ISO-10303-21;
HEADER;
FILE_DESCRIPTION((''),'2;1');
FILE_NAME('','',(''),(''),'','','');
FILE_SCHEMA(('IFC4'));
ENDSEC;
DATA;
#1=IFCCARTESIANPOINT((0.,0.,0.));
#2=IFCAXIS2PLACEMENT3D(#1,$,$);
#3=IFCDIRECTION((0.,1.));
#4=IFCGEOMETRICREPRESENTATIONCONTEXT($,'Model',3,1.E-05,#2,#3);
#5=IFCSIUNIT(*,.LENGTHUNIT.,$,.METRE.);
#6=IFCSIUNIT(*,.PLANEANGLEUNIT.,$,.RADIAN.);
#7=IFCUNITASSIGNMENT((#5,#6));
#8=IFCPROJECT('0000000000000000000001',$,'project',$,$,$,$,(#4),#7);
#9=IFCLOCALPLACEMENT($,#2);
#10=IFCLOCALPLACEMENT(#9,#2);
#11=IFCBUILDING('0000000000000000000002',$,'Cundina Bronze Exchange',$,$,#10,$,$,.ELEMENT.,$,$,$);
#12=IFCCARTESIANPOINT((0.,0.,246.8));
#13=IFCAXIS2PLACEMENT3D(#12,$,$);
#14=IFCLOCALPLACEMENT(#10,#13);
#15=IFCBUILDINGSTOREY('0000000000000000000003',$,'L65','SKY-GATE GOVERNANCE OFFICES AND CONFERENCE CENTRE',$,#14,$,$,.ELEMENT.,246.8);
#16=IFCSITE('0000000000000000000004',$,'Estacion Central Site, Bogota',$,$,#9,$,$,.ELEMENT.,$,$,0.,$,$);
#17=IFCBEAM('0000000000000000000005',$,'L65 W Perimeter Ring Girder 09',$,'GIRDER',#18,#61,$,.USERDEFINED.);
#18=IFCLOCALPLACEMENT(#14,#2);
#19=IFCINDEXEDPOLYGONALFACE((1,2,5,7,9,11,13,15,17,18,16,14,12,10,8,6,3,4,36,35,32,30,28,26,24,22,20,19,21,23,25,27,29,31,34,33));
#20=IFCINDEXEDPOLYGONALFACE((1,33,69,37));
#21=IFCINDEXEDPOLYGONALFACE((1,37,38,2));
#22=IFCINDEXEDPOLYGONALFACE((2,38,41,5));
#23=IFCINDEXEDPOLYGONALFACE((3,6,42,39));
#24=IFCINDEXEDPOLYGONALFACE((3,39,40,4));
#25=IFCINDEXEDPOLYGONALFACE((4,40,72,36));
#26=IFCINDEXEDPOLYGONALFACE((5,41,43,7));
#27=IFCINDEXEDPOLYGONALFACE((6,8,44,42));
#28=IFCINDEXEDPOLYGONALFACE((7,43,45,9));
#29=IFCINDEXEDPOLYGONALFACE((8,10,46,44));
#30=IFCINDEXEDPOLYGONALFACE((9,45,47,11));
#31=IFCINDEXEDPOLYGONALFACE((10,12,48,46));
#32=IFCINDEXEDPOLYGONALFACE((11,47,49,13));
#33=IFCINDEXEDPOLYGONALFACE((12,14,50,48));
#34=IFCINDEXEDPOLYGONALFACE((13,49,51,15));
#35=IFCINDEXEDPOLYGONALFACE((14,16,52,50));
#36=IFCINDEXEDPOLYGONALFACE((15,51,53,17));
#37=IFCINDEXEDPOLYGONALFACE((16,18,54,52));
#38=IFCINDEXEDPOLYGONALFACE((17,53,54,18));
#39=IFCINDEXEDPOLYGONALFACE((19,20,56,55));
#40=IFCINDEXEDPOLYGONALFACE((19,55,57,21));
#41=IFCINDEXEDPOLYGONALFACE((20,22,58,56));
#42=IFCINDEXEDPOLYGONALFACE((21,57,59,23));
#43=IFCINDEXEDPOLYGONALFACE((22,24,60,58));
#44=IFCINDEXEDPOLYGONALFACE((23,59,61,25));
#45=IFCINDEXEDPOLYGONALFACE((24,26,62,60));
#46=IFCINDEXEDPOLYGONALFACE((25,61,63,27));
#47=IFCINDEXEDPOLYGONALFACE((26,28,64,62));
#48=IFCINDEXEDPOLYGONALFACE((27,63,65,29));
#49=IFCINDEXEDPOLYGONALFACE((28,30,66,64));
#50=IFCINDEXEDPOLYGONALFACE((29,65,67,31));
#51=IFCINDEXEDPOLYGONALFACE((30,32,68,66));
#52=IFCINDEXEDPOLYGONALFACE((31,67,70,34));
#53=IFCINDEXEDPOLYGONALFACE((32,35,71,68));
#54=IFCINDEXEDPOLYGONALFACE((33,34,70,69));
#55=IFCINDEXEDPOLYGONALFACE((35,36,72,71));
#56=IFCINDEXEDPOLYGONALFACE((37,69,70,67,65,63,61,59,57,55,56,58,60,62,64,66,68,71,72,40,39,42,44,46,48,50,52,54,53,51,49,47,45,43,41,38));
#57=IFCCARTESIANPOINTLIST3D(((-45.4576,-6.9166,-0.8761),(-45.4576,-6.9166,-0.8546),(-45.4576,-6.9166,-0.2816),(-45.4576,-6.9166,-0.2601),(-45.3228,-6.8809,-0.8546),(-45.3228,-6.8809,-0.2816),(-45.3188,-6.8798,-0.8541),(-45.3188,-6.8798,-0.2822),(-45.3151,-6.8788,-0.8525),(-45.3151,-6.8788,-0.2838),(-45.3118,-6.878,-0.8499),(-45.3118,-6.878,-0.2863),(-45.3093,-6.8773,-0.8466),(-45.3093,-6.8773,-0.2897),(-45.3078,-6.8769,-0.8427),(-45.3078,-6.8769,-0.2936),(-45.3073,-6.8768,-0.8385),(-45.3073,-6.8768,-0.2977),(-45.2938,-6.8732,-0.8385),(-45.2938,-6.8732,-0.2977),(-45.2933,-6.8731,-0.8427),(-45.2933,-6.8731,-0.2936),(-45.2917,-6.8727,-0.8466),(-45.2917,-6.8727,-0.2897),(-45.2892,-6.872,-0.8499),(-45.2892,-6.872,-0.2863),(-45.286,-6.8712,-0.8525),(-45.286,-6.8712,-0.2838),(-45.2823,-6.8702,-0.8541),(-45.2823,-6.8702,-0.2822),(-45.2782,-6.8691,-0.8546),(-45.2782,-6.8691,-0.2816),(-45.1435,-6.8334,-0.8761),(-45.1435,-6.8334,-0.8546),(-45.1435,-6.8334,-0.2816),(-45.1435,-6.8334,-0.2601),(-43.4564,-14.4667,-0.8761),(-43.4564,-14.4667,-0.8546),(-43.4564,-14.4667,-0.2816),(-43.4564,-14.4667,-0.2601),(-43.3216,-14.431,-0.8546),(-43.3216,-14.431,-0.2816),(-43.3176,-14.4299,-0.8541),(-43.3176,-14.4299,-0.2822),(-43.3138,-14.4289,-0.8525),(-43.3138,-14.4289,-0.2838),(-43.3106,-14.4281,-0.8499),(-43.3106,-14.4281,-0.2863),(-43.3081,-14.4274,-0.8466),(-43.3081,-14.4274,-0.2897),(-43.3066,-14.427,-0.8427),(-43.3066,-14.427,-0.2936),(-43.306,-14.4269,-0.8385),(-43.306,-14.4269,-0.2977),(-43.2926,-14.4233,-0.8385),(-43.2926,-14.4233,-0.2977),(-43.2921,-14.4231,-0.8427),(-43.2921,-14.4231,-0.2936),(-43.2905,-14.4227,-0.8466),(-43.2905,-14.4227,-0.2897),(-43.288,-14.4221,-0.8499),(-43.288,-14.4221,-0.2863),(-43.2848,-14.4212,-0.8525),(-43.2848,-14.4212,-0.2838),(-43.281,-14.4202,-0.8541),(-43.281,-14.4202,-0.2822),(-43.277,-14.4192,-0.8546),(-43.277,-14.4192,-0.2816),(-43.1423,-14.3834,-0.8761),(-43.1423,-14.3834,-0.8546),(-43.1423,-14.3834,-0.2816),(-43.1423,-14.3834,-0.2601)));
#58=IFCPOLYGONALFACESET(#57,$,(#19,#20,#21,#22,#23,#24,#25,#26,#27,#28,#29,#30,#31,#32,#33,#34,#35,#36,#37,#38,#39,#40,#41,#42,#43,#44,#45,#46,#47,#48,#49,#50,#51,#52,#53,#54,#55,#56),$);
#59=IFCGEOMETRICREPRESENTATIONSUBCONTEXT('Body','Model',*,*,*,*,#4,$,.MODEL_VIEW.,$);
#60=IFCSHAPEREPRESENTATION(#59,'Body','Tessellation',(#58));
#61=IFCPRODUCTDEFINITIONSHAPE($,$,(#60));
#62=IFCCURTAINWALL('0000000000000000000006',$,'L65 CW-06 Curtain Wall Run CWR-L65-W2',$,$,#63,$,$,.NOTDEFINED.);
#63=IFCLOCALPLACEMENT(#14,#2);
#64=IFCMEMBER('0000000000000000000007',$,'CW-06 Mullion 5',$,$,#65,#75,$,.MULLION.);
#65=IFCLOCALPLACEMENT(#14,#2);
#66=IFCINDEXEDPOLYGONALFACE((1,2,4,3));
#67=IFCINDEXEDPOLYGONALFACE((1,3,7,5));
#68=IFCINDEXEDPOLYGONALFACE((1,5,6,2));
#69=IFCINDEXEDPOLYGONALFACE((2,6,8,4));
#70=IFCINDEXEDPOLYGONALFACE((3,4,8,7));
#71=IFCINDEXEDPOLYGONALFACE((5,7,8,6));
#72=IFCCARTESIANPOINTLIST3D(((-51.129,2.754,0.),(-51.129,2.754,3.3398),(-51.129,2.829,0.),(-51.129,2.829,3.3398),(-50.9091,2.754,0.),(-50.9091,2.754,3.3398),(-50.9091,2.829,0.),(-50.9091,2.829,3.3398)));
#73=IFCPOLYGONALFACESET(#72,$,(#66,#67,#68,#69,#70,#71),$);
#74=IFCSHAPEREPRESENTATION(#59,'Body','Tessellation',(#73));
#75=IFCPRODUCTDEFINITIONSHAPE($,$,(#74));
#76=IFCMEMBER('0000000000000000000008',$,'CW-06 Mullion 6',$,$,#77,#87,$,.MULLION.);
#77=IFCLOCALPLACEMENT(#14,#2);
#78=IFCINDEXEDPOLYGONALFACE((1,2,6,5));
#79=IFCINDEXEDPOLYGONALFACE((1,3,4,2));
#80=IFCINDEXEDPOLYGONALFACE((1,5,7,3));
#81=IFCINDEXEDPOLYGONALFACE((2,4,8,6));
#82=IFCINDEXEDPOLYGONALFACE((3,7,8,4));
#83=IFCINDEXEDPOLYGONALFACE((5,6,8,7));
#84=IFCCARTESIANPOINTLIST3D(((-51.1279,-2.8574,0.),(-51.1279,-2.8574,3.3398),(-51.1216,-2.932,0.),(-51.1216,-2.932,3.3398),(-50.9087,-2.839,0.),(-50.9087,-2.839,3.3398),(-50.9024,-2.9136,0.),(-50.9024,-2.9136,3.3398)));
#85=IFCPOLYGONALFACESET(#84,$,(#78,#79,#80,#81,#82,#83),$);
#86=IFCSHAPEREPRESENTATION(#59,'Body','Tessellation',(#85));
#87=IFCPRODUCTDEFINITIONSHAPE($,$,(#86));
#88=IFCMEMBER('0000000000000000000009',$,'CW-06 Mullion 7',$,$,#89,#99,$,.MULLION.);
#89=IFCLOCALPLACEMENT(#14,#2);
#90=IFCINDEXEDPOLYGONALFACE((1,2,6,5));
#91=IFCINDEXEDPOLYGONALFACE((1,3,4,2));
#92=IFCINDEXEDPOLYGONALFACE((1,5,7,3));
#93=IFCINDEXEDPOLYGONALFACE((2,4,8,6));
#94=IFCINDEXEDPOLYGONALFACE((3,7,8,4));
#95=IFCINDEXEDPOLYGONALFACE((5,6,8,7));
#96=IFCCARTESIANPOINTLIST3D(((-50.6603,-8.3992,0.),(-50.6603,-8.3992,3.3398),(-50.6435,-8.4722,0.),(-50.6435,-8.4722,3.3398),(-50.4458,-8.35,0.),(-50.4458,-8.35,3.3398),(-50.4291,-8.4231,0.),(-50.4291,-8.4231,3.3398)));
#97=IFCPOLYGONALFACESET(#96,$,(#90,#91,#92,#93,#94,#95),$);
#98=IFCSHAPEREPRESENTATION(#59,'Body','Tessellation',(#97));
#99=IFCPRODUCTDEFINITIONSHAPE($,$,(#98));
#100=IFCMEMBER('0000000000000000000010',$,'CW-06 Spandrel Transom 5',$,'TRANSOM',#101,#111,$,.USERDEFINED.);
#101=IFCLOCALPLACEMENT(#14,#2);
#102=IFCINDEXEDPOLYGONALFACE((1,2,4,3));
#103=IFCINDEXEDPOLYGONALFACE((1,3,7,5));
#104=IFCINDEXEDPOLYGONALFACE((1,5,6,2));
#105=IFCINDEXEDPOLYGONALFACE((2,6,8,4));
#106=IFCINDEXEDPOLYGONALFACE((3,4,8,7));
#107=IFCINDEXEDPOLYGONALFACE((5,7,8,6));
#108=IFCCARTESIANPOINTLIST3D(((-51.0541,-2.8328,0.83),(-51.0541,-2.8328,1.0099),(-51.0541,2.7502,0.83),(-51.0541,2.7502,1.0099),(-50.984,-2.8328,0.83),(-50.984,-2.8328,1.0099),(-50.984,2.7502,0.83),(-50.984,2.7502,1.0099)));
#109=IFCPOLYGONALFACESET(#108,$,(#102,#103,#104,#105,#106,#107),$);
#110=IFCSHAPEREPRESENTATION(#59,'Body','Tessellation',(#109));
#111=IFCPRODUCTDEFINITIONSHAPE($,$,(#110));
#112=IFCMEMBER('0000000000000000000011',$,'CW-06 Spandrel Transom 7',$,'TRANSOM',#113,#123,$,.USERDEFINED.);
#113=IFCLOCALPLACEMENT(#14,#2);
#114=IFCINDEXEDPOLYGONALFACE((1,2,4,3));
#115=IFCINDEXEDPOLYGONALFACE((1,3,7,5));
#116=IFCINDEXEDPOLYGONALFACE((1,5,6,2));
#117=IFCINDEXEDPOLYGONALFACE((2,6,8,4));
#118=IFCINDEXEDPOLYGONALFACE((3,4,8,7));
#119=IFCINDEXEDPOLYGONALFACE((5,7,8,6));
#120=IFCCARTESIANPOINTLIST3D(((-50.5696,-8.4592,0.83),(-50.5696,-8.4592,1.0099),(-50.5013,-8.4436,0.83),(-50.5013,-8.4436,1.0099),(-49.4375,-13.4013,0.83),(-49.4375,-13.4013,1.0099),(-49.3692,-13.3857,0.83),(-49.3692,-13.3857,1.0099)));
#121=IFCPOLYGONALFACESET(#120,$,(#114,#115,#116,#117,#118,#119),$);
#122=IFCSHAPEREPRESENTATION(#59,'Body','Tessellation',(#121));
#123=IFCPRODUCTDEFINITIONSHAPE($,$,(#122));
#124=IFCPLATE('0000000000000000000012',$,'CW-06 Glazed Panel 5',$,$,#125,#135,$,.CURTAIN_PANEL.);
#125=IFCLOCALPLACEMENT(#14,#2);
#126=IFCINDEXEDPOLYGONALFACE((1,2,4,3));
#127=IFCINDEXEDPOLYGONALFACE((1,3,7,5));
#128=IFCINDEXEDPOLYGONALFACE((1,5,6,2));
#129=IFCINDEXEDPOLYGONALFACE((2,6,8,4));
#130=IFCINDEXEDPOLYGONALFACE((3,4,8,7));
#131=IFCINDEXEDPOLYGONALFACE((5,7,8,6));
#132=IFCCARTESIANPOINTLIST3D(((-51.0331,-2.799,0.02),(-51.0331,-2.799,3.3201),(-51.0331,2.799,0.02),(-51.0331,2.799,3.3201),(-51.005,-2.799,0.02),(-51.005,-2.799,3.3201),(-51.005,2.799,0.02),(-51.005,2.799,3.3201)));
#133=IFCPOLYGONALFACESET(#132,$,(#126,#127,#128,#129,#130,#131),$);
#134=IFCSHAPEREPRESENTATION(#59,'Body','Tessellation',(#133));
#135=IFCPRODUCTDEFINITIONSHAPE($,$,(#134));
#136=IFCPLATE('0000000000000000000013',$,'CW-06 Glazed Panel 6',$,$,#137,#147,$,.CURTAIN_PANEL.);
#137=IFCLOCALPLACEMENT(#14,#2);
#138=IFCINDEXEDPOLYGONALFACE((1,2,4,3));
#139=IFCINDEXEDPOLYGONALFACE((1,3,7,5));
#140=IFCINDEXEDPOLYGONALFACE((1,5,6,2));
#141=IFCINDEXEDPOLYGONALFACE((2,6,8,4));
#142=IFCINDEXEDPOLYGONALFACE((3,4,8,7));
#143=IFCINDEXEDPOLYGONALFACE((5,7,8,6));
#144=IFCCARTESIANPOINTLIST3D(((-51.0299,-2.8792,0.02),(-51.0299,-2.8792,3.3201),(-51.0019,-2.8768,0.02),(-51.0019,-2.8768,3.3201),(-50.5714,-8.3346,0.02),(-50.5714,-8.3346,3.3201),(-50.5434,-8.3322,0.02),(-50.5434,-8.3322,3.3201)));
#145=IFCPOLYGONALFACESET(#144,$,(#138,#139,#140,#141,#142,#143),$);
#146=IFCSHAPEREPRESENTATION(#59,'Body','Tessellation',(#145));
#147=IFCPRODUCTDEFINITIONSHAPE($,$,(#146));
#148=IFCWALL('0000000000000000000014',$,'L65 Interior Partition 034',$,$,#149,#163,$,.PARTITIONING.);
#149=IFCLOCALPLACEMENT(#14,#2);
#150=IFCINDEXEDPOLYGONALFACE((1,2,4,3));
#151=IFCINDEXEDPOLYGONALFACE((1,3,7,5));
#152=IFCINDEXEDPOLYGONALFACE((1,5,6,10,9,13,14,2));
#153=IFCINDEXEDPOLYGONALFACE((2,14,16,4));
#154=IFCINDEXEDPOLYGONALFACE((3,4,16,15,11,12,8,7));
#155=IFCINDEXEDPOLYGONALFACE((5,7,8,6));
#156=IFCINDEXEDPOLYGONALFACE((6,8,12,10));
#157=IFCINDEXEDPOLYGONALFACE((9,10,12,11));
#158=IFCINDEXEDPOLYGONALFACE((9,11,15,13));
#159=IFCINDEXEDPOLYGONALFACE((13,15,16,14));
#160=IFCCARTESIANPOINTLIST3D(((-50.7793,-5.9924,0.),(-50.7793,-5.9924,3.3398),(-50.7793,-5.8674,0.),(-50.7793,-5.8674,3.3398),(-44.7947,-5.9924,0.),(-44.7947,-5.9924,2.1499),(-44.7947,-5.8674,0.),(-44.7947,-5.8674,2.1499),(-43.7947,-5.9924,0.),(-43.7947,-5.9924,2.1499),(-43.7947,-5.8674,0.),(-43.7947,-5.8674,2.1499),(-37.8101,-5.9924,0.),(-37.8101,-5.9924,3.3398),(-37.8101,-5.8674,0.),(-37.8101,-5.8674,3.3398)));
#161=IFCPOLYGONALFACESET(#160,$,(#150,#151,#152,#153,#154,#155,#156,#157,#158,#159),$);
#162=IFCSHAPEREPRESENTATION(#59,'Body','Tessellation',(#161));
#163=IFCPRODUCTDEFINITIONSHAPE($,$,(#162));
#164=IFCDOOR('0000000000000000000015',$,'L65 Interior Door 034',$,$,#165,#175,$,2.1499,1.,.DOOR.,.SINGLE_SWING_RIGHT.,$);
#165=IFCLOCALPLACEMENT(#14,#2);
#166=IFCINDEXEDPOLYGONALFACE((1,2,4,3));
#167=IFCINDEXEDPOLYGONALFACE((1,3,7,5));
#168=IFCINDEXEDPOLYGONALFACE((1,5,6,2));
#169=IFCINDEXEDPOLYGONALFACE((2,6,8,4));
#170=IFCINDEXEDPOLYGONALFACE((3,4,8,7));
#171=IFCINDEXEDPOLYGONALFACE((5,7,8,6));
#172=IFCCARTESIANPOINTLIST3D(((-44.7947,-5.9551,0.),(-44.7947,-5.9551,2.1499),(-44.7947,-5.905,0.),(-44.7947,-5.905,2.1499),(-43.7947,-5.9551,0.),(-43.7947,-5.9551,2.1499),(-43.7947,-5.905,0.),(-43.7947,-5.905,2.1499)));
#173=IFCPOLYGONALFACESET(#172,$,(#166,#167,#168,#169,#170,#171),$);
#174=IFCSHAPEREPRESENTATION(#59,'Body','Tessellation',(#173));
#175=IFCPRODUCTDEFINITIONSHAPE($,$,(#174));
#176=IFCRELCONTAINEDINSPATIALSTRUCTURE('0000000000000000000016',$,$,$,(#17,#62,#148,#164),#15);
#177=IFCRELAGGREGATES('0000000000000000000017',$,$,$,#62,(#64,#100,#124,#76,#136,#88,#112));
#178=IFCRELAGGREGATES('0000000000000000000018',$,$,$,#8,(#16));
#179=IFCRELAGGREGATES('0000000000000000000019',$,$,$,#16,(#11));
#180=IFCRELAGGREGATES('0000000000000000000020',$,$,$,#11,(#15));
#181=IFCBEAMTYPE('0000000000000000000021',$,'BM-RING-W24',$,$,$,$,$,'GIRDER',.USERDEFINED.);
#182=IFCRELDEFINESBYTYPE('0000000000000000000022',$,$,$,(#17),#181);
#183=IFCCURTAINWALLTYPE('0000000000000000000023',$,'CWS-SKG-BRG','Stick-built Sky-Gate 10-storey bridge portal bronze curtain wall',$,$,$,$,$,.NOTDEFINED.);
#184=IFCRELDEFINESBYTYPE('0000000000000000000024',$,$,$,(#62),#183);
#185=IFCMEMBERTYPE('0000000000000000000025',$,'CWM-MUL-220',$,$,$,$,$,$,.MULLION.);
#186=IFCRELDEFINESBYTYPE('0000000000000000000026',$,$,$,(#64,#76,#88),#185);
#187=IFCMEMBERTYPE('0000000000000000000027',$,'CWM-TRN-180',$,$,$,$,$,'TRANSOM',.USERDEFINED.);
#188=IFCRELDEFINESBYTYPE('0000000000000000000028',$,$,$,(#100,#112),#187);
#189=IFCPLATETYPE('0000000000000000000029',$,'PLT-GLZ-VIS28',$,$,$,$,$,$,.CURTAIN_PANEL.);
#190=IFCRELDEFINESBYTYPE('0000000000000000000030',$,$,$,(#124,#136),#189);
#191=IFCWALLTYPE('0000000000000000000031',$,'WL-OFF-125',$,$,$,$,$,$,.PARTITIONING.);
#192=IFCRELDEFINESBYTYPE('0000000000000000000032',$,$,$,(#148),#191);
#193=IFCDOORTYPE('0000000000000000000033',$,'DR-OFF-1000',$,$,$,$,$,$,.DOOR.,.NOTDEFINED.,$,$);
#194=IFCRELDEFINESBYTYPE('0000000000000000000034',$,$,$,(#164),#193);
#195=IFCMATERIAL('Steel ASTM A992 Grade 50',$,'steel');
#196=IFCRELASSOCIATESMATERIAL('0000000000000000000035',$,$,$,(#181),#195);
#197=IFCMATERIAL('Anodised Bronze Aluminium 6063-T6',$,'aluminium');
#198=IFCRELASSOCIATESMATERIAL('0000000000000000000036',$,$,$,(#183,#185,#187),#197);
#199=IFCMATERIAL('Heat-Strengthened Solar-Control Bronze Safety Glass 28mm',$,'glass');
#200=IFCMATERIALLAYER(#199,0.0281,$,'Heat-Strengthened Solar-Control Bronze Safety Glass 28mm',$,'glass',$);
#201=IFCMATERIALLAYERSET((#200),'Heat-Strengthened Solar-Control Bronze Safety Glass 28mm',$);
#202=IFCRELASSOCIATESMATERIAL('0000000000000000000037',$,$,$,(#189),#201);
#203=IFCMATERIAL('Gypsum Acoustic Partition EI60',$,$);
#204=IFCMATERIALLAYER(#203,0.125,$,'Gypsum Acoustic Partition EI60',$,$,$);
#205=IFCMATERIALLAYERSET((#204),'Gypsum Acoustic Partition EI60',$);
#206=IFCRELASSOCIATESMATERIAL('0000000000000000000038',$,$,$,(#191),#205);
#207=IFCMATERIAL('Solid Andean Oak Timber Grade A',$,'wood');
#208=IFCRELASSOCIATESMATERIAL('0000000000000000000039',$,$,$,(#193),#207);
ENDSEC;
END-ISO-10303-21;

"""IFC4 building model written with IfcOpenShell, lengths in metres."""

from ifc_helpers import new_model, si_unit, direction, frame, frame_2d, origin, origin_2d, place, context, subcontext, project, spatial, rectangle, i_section, extrude, material, layer, layer_set, material_profile, profile_set, type_object, element, fill, aggregate, save


model = new_model("IFC4")

# Units and contexts
model_context = context("Model", 3, precision=1e-05, world=origin(), true_north=direction((0.0, 1.0)))
body_context = subcontext(model_context, "Body", "Model", "MODEL_VIEW")
ifc_project = project(units=[si_unit("LENGTHUNIT", "METRE"), si_unit("PLANEANGLEUNIT", "RADIAN")], contexts=[model_context])

# Site, building, storey
site_placement = place(None, origin())
site = spatial("IfcSite", under=ifc_project, at=site_placement, Name="Estacion Central Site, Bogota", CompositionType="ELEMENT", RefElevation=0.0)
building_placement = place(site_placement, origin())
building = spatial("IfcBuilding", under=site, at=building_placement, Name="Cundina Bronze Exchange", CompositionType="ELEMENT")
storey_placement = place(building_placement, frame((0.0, 0.0, 246.8)))
storey = spatial("IfcBuildingStorey", under=building, at=storey_placement, Name="L65", Description="SKY-GATE GOVERNANCE OFFICES AND CONFERENCE CENTRE", CompositionType="ELEMENT", Elevation=246.8)

# Beam
ifc_material_1 = material(Name="Steel ASTM A992 Grade 50", Category="steel")
ifc_material_profile_1 = material_profile(ifc_material_1, i_section(OverallWidth=0.325, OverallDepth=0.616, WebThickness=0.0139, FlangeThickness=0.0215, FilletRadius=0.0161, at=origin_2d()), Name="W24X117", Category="steel")
ifc_profile_set_1 = profile_set([ifc_material_profile_1], Name="Steel ASTM A992 Grade 50")
beam_type_1 = type_object("IfcBeamType", Name="BM-RING-W24", ElementType="GIRDER", PredefinedType="USERDEFINED", material=ifc_profile_set_1)
for number, where, z_axis, x_axis, name in (
    (1, (-45.3005, -6.875, -0.5681), (0.256213, -0.96662, 0.0), (0.96662, 0.256213, 0.0), "L65 W Perimeter Ring Girder 09"),
):
    element("IfcBeam", number, at=place(storey_placement, frame(where, z_axis=z_axis, x_axis=x_axis)), inside=storey, type_object=beam_type_1, Name=name, ObjectType="GIRDER", PredefinedType="USERDEFINED", context=body_context, shape_type="SweptSolid", body=[
        extrude(i_section(OverallWidth=0.325, OverallDepth=0.616, WebThickness=0.0139, FlangeThickness=0.0215, FilletRadius=0.0161, at=origin_2d()), origin(), (0.0, 0.0, 1.0), 7.8108),
    ])

# Curtain wall, members, plates
ifc_material_2 = material(Name="Anodised Bronze Aluminium 6063-T6", Category="aluminium")
curtain_wall_type = type_object("IfcCurtainWallType", Name="CWS-SKG-BRG", Description="Stick-built Sky-Gate 10-storey bridge portal bronze curtain wall", PredefinedType="NOTDEFINED", material=ifc_material_2)
curtain_wall_placement = place(storey_placement, origin())
curtain_wall = element("IfcCurtainWall", 2, at=curtain_wall_placement, inside=storey, type_object=curtain_wall_type, Name="L65 CW-06 Curtain Wall Run CWR-L65-W2", PredefinedType="NOTDEFINED")
ifc_material_profile_2 = material_profile(ifc_material_2, rectangle(XDim=0.075, YDim=0.22, at=origin_2d()), Name="AL75X220", Category="aluminium")
ifc_profile_set_2 = profile_set([ifc_material_profile_2], Name="Anodised Bronze Aluminium 6063-T6")
member_type_1 = type_object("IfcMemberType", Name="CWM-MUL-220", PredefinedType="MULLION", material=ifc_profile_set_2)
member_1_placement = place(storey_placement, frame((-51.019, 2.7915, 0.0), z_axis=(0.0, 0.0, 1.0), x_axis=(0.0, -1.0, 0.0)))
member_1 = element("IfcMember", 3, at=member_1_placement, type_object=member_type_1, Name="CW-06 Mullion 5", PredefinedType="MULLION", context=body_context, shape_type="SweptSolid", body=[
    extrude(rectangle(XDim=0.075, YDim=0.22, at=origin_2d()), origin(), (0.0, 0.0, 1.0), 3.3398),
])
member_2_placement = place(storey_placement, frame((-51.0151, -2.8855, 0.0), z_axis=(0.0, 0.0, 1.0), x_axis=(0.083678, -0.996493, 0.0)))
member_2 = element("IfcMember", 4, at=member_2_placement, type_object=member_type_1, Name="CW-06 Mullion 6", PredefinedType="MULLION", context=body_context, shape_type="SweptSolid", body=[
    extrude(rectangle(XDim=0.075, YDim=0.22, at=origin_2d()), origin(), (0.0, 0.0, 1.0), 3.3398),
])
member_3_placement = place(storey_placement, frame((-50.5447, -8.4111, 0.0), z_axis=(0.0, 0.0, 1.0), x_axis=(0.22325, -0.974761, 0.0)))
member_3 = element("IfcMember", 5, at=member_3_placement, type_object=member_type_1, Name="CW-06 Mullion 7", PredefinedType="MULLION", context=body_context, shape_type="SweptSolid", body=[
    extrude(rectangle(XDim=0.075, YDim=0.22, at=origin_2d()), origin(), (0.0, 0.0, 1.0), 3.3398),
])
ifc_material_profile_3 = material_profile(ifc_material_2, rectangle(XDim=0.0701, YDim=0.1799, at=origin_2d()), Name="AL70X180", Category="aluminium")
ifc_profile_set_3 = profile_set([ifc_material_profile_3], Name="Anodised Bronze Aluminium 6063-T6")
member_type_2 = type_object("IfcMemberType", Name="CWM-TRN-180", ElementType="TRANSOM", PredefinedType="USERDEFINED", material=ifc_profile_set_3)
member_4_placement = place(storey_placement, frame((-51.019, 2.7502, 0.9199), z_axis=(0.0, -1.0, 0.0), x_axis=(1.0, 0.0, 0.0)))
member_4 = element("IfcMember", 6, at=member_4_placement, type_object=member_type_2, Name="CW-06 Spandrel Transom 5", ObjectType="TRANSOM", PredefinedType="USERDEFINED", context=body_context, shape_type="SweptSolid", body=[
    extrude(rectangle(XDim=0.0701, YDim=0.1799, at=origin_2d()), origin(), (0.0, 0.0, 1.0), 5.583),
])
member_5_placement = place(storey_placement, frame((-50.5354, -8.4514, 0.9199), z_axis=(0.223284, -0.974754, 0.0), x_axis=(0.974754, 0.223284, 0.0)))
member_5 = element("IfcMember", 7, at=member_5_placement, type_object=member_type_2, Name="CW-06 Spandrel Transom 7", ObjectType="TRANSOM", PredefinedType="USERDEFINED", context=body_context, shape_type="SweptSolid", body=[
    extrude(rectangle(XDim=0.0701, YDim=0.1799, at=origin_2d()), origin(), (0.0, 0.0, 1.0), 5.0701),
])
ifc_material_3 = material(Name="Heat-Strengthened Solar-Control Bronze Safety Glass 28mm", Category="glass")
ifc_layer_1 = layer(ifc_material_3, 0.0281, Name="Heat-Strengthened Solar-Control Bronze Safety Glass 28mm", Category="glass")
ifc_layer_set_1 = layer_set([ifc_layer_1], Name="Heat-Strengthened Solar-Control Bronze Safety Glass 28mm")
plate_type = type_object("IfcPlateType", Name="PLT-GLZ-VIS28", PredefinedType="CURTAIN_PANEL", material=ifc_layer_set_1)
plate_1_placement = place(storey_placement, frame((-51.019, 0.0, 0.02), z_axis=(0.0, 0.0, 1.0), x_axis=(0.0, -1.0, 0.0)))
plate_1 = element("IfcPlate", 8, at=plate_1_placement, type_object=plate_type, Name="CW-06 Glazed Panel 5", PredefinedType="CURTAIN_PANEL", context=body_context, shape_type="SweptSolid", body=[
    extrude(rectangle(XDim=5.5979, YDim=0.0281, at=origin_2d()), origin(), (0.0, 0.0, 1.0), 3.3),
])
plate_2_placement = place(storey_placement, frame((-50.7866, -5.6057, 0.02), z_axis=(0.0, 0.0, 1.0), x_axis=(0.083747, -0.996487, 0.0)))
plate_2 = element("IfcPlate", 9, at=plate_2_placement, type_object=plate_type, Name="CW-06 Glazed Panel 6", PredefinedType="CURTAIN_PANEL", context=body_context, shape_type="SweptSolid", body=[
    extrude(rectangle(XDim=5.4746, YDim=0.0281, at=origin_2d()), origin(), (0.0, 0.0, 1.0), 3.3),
])
aggregate(curtain_wall, [member_1, member_4, plate_1, member_2, plate_2, member_3, member_5])

# Wall, opening, door
ifc_material_4 = material(Name="Gypsum Acoustic Partition EI60")
ifc_layer_2 = layer(ifc_material_4, 0.125, Name="Gypsum Acoustic Partition EI60")
ifc_layer_set_2 = layer_set([ifc_layer_2], Name="Gypsum Acoustic Partition EI60")
wall_type = type_object("IfcWallType", Name="WL-OFF-125", PredefinedType="PARTITIONING", material=ifc_layer_set_2)
wall_placement = place(storey_placement, frame((-50.7793, -5.9299, 0.0), z_axis=(0.0, 0.0, 1.0), x_axis=(1.0, 0.0, 0.0)))
wall = element("IfcWall", 10, at=wall_placement, inside=storey, type_object=wall_type, Name="L65 Interior Partition 034", PredefinedType="PARTITIONING", context=body_context, shape_type="SweptSolid", body=[
    extrude(rectangle(XDim=12.9692, YDim=0.125, at=frame_2d((6.4846, 0.0))), origin(), (0.0, 0.0, 1.0), 3.3398),
])
opening_placement = place(wall_placement, frame((5.9846, 0.0, 0.0)))
opening = element("IfcOpeningElement", 11, at=opening_placement, cuts=wall, PredefinedType="OPENING", context=body_context, shape_type="SweptSolid", body=[
    extrude(rectangle(XDim=1.0, YDim=2.1499, at=frame_2d((0.5, 1.075))), frame((0.0, 0.0725, 0.0), z_axis=(0.0, -1.0, 0.0), x_axis=(1.0, 0.0, 0.0)), (0.0, 0.0, 1.0), 0.145),
])
ifc_material_5 = material(Name="Solid Andean Oak Timber Grade A", Category="wood")
door_type = type_object("IfcDoorType", Name="DR-OFF-1000", OperationType="NOTDEFINED", PredefinedType="DOOR", material=ifc_material_5)
door_placement = place(opening_placement, origin())
door = element("IfcDoor", 12, at=door_placement, inside=storey, type_object=door_type, Name="L65 Interior Door 034", OperationType="SINGLE_SWING_RIGHT", OverallHeight=2.1499, OverallWidth=1.0, PredefinedType="DOOR", context=body_context, shape_type="SweptSolid", body=[
    extrude(rectangle(XDim=1.0, YDim=2.1499, at=frame_2d((0.5, 1.075))), frame((0.0, 0.0249, 0.0), z_axis=(0.0, -1.0, 0.0), x_axis=(1.0, 0.0, 0.0)), (0.0, 0.0, 1.0), 0.05),
])
fill(opening, door)

save(model, "model.ifc")
